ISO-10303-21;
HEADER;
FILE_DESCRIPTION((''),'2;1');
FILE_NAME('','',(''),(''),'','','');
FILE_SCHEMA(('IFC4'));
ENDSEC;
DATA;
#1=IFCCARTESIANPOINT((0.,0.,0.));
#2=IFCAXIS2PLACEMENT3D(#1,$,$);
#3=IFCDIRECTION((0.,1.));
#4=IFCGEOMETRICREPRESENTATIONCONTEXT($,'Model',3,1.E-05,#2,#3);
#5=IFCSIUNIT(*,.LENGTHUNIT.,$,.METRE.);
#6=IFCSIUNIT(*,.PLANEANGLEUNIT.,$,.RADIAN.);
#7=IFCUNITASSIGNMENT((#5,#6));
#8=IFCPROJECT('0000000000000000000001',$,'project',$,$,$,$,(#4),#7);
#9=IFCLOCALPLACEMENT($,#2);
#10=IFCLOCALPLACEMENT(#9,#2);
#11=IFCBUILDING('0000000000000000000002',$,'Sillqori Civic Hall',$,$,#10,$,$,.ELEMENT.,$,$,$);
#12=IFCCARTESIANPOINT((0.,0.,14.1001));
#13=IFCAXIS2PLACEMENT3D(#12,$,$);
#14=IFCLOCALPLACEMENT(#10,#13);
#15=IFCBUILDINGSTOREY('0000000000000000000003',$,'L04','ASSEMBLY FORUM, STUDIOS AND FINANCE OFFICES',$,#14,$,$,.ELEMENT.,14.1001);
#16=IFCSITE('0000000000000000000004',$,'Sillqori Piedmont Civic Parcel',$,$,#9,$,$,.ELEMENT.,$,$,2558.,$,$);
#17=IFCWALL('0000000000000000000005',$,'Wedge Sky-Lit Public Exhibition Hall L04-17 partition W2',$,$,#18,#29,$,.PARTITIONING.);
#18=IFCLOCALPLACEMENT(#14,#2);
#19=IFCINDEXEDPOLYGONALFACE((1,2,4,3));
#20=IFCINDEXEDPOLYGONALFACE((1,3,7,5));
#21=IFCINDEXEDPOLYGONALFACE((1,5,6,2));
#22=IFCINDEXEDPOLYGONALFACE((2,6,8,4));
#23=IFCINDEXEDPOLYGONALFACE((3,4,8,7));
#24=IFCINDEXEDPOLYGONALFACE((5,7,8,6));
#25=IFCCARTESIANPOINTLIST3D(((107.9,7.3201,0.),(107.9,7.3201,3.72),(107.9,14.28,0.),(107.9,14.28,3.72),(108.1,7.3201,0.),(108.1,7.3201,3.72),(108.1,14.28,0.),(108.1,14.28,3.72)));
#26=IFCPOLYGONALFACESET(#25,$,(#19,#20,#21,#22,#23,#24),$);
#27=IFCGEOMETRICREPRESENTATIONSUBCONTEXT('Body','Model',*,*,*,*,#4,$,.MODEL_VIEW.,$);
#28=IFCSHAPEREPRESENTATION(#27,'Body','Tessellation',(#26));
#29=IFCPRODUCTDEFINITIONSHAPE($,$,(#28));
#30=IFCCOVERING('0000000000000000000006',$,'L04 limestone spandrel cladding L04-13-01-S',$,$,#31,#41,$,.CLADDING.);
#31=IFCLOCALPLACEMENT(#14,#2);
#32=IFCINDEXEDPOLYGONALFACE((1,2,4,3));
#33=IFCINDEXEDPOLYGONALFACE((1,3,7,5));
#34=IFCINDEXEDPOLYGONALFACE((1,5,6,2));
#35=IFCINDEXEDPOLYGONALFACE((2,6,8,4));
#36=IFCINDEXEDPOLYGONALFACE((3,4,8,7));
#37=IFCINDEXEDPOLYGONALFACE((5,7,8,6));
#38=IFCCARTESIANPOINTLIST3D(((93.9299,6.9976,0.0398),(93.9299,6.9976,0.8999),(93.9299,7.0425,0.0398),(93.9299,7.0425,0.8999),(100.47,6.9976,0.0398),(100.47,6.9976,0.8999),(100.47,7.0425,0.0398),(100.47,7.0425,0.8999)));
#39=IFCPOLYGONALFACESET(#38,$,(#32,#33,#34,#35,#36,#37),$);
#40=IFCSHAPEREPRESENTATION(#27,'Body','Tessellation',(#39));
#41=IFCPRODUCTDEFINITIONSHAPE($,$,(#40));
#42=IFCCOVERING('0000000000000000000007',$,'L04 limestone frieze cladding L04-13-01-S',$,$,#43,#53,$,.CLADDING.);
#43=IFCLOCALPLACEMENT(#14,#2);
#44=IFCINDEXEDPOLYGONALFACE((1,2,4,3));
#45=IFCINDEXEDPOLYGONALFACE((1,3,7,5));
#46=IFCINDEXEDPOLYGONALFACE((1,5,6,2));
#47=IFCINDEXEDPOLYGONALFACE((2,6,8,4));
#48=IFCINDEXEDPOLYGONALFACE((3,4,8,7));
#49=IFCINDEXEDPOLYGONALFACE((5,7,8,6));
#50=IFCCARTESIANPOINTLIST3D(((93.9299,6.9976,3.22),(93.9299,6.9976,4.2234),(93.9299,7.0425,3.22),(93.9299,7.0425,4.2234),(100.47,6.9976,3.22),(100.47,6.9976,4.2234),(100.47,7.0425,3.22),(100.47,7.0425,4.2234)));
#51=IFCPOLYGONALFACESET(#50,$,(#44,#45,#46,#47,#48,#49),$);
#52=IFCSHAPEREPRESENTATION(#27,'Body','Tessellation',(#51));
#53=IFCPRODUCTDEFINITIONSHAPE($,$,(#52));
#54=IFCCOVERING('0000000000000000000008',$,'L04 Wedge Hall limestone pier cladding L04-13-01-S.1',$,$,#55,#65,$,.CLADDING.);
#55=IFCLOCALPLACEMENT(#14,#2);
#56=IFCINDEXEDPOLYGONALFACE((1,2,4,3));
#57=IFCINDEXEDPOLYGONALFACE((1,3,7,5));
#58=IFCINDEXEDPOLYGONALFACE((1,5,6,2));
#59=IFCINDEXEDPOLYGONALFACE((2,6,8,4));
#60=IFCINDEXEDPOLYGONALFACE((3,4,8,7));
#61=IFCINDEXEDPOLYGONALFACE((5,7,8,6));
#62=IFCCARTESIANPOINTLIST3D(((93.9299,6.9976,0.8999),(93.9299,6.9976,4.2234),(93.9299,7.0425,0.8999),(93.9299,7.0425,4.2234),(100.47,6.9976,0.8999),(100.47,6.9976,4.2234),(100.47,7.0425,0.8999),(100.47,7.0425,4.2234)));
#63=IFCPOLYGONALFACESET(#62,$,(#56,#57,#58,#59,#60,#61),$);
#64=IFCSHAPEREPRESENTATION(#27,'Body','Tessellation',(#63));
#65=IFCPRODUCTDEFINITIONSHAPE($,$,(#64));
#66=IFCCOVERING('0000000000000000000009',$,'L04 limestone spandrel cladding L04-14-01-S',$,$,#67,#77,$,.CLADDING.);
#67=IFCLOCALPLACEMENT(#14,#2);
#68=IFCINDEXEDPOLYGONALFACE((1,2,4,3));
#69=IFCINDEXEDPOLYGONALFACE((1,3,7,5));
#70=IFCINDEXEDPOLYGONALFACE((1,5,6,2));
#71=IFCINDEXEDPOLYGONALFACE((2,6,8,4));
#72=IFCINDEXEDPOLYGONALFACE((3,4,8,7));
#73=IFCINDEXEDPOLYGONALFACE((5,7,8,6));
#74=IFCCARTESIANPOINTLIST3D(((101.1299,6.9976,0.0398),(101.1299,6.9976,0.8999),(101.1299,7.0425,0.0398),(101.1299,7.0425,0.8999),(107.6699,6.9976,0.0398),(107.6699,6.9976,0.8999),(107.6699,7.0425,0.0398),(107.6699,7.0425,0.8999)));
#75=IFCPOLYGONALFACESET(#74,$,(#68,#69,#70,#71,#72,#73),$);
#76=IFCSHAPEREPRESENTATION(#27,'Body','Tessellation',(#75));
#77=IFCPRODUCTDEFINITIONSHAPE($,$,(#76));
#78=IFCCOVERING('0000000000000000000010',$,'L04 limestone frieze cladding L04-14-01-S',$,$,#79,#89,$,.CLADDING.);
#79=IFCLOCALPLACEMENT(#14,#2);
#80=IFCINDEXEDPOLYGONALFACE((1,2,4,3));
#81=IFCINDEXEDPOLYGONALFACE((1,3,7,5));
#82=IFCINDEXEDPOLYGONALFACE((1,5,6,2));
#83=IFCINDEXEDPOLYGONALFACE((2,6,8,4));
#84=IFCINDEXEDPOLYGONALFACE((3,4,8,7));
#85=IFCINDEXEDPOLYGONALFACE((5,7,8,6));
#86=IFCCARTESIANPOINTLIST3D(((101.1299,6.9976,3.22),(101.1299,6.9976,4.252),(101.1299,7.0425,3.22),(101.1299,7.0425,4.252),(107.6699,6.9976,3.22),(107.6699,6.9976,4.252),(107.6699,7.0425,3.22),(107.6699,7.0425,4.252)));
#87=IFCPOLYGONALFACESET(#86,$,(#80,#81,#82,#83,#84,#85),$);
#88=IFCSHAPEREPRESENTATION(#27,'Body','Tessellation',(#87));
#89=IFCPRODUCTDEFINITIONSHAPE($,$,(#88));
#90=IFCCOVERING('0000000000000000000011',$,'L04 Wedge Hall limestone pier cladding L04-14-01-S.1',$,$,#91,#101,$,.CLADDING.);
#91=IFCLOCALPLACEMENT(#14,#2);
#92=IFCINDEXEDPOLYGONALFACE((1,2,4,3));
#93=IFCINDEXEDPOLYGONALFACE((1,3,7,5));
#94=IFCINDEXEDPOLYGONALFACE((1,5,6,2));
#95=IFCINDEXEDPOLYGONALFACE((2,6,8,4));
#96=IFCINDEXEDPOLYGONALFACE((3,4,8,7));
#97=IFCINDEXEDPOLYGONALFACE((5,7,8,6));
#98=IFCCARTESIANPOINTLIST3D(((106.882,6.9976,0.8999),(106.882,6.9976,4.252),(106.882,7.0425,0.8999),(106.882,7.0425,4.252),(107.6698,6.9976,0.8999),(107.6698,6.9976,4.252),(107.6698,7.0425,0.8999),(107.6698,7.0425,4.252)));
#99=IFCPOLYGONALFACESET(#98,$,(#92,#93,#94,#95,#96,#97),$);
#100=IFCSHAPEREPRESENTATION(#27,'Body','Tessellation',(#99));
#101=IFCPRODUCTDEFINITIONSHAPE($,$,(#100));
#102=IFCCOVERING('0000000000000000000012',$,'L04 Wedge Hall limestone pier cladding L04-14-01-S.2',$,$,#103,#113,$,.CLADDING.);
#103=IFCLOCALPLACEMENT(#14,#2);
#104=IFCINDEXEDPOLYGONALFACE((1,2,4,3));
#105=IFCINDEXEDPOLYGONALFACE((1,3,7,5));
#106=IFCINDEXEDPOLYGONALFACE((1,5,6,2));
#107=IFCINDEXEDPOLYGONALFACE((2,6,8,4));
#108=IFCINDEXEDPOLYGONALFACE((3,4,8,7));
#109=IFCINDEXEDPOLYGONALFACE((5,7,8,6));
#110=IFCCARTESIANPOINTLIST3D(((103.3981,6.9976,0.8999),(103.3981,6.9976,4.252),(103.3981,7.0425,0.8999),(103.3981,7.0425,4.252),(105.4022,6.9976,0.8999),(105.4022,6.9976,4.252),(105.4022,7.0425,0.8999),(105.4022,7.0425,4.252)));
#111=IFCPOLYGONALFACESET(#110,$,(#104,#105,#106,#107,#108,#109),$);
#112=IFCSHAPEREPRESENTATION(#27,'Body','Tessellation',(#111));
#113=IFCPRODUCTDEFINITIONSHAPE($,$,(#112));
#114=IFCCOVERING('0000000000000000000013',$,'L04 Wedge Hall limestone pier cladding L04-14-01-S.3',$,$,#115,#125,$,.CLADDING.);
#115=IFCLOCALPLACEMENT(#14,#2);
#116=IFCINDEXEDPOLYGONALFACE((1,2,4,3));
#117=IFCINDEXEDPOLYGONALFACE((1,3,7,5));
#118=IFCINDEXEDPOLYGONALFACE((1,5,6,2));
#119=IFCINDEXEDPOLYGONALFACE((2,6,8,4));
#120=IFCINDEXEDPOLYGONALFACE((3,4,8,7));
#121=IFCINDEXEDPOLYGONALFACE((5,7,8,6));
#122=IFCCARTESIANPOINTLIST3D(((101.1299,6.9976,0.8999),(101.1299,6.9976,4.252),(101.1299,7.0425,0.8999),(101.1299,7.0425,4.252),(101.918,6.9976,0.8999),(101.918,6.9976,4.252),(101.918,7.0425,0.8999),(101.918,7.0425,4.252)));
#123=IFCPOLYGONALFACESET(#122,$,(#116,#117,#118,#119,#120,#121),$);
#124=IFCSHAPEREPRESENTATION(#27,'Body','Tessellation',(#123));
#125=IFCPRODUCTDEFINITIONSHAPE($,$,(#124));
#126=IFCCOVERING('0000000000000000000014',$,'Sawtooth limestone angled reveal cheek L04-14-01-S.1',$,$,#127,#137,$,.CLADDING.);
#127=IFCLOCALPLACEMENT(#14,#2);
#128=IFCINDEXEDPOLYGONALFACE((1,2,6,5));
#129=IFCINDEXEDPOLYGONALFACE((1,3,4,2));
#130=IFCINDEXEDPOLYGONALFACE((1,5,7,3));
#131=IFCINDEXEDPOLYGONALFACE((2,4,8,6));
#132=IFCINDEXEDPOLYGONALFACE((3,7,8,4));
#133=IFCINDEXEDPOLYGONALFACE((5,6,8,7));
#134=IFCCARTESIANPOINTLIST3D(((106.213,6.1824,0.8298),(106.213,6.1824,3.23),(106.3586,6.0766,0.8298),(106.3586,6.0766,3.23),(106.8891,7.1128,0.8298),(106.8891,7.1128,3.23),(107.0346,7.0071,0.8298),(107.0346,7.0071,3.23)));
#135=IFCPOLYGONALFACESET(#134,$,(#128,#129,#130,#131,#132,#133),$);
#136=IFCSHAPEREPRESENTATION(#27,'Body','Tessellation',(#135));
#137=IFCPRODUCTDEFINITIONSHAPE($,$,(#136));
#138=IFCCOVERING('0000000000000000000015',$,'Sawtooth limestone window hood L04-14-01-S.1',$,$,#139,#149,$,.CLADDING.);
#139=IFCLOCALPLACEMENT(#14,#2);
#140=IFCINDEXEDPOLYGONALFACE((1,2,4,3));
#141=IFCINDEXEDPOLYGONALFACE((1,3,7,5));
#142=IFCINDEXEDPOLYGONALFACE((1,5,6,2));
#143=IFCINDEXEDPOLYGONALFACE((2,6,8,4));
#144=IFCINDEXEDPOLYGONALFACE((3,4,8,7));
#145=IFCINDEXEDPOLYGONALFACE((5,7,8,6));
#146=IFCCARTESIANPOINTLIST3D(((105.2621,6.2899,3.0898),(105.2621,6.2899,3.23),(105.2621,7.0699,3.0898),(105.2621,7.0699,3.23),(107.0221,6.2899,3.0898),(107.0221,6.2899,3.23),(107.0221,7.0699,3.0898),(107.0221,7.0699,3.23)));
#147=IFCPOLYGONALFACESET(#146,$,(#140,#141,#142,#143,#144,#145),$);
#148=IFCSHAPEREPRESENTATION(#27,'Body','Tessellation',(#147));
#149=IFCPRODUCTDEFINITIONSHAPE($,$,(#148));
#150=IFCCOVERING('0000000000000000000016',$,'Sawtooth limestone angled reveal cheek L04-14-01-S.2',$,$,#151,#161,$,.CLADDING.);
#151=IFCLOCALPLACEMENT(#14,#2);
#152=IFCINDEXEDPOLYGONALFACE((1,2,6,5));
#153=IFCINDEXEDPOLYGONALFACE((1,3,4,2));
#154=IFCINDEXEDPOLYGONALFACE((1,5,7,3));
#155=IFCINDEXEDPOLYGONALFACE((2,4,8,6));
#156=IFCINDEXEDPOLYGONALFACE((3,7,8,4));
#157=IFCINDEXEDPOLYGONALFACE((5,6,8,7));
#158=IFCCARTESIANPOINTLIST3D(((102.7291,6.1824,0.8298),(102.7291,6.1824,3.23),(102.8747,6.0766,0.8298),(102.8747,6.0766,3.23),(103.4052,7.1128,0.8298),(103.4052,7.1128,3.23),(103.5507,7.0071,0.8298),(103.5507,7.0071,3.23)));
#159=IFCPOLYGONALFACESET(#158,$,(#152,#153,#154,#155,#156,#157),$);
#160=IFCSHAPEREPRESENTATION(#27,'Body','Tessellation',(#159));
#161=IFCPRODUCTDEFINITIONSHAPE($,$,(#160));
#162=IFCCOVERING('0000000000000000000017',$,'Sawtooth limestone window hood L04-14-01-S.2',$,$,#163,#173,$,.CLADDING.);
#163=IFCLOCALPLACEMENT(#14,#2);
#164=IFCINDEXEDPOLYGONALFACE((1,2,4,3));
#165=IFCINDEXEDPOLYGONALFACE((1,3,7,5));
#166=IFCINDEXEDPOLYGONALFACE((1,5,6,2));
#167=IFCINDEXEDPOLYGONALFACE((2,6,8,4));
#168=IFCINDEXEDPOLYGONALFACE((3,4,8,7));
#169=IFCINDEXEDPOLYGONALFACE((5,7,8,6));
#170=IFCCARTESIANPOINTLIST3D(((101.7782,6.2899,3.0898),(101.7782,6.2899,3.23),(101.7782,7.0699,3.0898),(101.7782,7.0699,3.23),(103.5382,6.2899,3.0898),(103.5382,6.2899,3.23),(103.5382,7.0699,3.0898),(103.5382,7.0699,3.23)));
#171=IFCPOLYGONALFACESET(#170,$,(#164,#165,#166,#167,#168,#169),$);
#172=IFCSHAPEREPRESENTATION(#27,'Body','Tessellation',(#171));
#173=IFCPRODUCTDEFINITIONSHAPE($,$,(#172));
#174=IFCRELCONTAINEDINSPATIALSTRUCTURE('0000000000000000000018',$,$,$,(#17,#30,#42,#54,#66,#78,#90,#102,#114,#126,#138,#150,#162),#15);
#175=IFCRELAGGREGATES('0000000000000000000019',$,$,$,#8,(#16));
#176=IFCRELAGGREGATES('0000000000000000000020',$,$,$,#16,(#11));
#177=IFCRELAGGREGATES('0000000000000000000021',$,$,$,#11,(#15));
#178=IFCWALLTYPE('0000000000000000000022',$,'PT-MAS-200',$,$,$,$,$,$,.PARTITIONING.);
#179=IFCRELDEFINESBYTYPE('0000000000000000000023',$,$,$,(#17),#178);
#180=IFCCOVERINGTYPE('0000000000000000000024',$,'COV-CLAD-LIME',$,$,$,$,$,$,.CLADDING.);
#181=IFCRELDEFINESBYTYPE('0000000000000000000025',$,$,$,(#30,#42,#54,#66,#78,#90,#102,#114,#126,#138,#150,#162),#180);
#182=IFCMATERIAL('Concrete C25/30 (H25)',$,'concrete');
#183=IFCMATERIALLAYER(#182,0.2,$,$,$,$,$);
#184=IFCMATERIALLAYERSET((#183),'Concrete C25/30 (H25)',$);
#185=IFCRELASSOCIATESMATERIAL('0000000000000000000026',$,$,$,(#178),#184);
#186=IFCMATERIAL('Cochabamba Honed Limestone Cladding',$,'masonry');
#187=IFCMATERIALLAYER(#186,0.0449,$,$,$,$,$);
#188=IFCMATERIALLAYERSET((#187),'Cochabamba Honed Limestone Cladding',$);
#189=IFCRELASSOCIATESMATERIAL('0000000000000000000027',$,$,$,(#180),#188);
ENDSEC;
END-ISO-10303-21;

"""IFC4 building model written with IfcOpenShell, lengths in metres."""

from ifc_helpers import new_model, si_unit, direction, frame, frame_2d, origin, place, context, subcontext, project, spatial, rectangle, extrude, material, layer, layer_set, type_object, element, save


model = new_model("IFC4")

# Units and contexts
model_context = context("Model", 3, precision=1e-05, world=origin(), true_north=direction((0.0, 1.0)))
body_context = subcontext(model_context, "Body", "Model", "MODEL_VIEW")
ifc_project = project(units=[si_unit("LENGTHUNIT", "METRE"), si_unit("PLANEANGLEUNIT", "RADIAN")], contexts=[model_context])

# Site, building, storey
site_placement = place(None, origin())
site = spatial("IfcSite", under=ifc_project, at=site_placement, Name="Sillqori Piedmont Civic Parcel", CompositionType="ELEMENT", RefElevation=2558.0)
building_placement = place(site_placement, origin())
building = spatial("IfcBuilding", under=site, at=building_placement, Name="Sillqori Civic Hall", CompositionType="ELEMENT")
storey_placement = place(building_placement, frame((0.0, 0.0, 14.1001)))
storey = spatial("IfcBuildingStorey", under=building, at=storey_placement, Name="L04", Description="ASSEMBLY FORUM, STUDIOS AND FINANCE OFFICES", CompositionType="ELEMENT", Elevation=14.1001)

# Wall
ifc_material_1 = material(Name="Concrete C25/30 (H25)", Category="concrete")
ifc_layer_1 = layer(ifc_material_1, 0.2)
ifc_layer_set_1 = layer_set([ifc_layer_1], Name="Concrete C25/30 (H25)")
wall_type_1 = type_object("IfcWallType", Name="PT-MAS-200", PredefinedType="PARTITIONING", material=ifc_layer_set_1)
wall_1_placement = place(storey_placement, frame((108.0, 7.3201, 0.0), z_axis=(0.0, 0.0, 1.0), x_axis=(0.0, 1.0, 0.0)))
element("IfcWall", 1, at=wall_1_placement, inside=storey, type_object=wall_type_1, Name="Wedge Sky-Lit Public Exhibition Hall L04-17 partition W2", PredefinedType="PARTITIONING", context=body_context, shape_type="SweptSolid", body=[
    extrude(rectangle(XDim=6.96, YDim=0.2, at=frame_2d((3.48, 0.0))), origin(), (0.0, 0.0, 1.0), 3.72),
])

# Coverings
ifc_material_2 = material(Name="Cochabamba Honed Limestone Cladding", Category="masonry")
ifc_layer_2 = layer(ifc_material_2, 0.0449)
ifc_layer_set_2 = layer_set([ifc_layer_2], Name="Cochabamba Honed Limestone Cladding")
covering_type = type_object("IfcCoveringType", Name="COV-CLAD-LIME", PredefinedType="CLADDING", material=ifc_layer_set_2)
covering_1_placement = place(storey_placement, frame((100.47, 7.02, 0.0398), z_axis=(0.0, 0.0, 1.0), x_axis=(-1.0, 0.0, 0.0)))
element("IfcCovering", 2, at=covering_1_placement, inside=storey, type_object=covering_type, Name="L04 limestone spandrel cladding L04-13-01-S", PredefinedType="CLADDING", context=body_context, shape_type="SweptSolid", body=[
    extrude(rectangle(XDim=6.54, YDim=0.0449, at=frame_2d((3.27, 0.0))), origin(), (0.0, 0.0, 1.0), 0.8601),
])
covering_2_placement = place(storey_placement, frame((100.47, 7.02, 3.22), z_axis=(0.0, 0.0, 1.0), x_axis=(-1.0, 0.0, 0.0)))
element("IfcCovering", 3, at=covering_2_placement, inside=storey, type_object=covering_type, Name="L04 limestone frieze cladding L04-13-01-S", PredefinedType="CLADDING", context=body_context, shape_type="SweptSolid", body=[
    extrude(rectangle(XDim=6.54, YDim=0.0449, at=frame_2d((3.27, 0.0))), origin(), (0.0, 0.0, 1.0), 1.0034),
])
covering_3_placement = place(storey_placement, frame((100.47, 7.02, 0.8999), z_axis=(0.0, 0.0, 1.0), x_axis=(-1.0, 0.0, 0.0)))
element("IfcCovering", 4, at=covering_3_placement, inside=storey, type_object=covering_type, Name="L04 Wedge Hall limestone pier cladding L04-13-01-S.1", PredefinedType="CLADDING", context=body_context, shape_type="SweptSolid", body=[
    extrude(rectangle(XDim=6.54, YDim=0.0449, at=frame_2d((3.27, 0.0))), origin(), (0.0, 0.0, 1.0), 3.3235),
])
covering_4_placement = place(storey_placement, frame((107.6699, 7.02, 0.0398), z_axis=(0.0, 0.0, 1.0), x_axis=(-1.0, 0.0, 0.0)))
element("IfcCovering", 5, at=covering_4_placement, inside=storey, type_object=covering_type, Name="L04 limestone spandrel cladding L04-14-01-S", PredefinedType="CLADDING", context=body_context, shape_type="SweptSolid", body=[
    extrude(rectangle(XDim=6.54, YDim=0.0449, at=frame_2d((3.27, 0.0))), origin(), (0.0, 0.0, 1.0), 0.8601),
])
covering_5_placement = place(storey_placement, frame((107.6699, 7.02, 3.22), z_axis=(0.0, 0.0, 1.0), x_axis=(-1.0, 0.0, 0.0)))
element("IfcCovering", 6, at=covering_5_placement, inside=storey, type_object=covering_type, Name="L04 limestone frieze cladding L04-14-01-S", PredefinedType="CLADDING", context=body_context, shape_type="SweptSolid", body=[
    extrude(rectangle(XDim=6.54, YDim=0.0449, at=frame_2d((3.27, 0.0))), origin(), (0.0, 0.0, 1.0), 1.032),
])
covering_6_placement = place(storey_placement, frame((107.6699, 7.02, 0.8999), z_axis=(0.0, 0.0, 1.0), x_axis=(-1.0, 0.0, 0.0)))
element("IfcCovering", 7, at=covering_6_placement, inside=storey, type_object=covering_type, Name="L04 Wedge Hall limestone pier cladding L04-14-01-S.1", PredefinedType="CLADDING", context=body_context, shape_type="SweptSolid", body=[
    extrude(rectangle(XDim=0.7878, YDim=0.0449, at=frame_2d((0.394, 0.0))), origin(), (0.0, 0.0, 1.0), 3.3521),
])
covering_7_placement = place(storey_placement, frame((105.4021, 7.02, 0.8999), z_axis=(0.0, 0.0, 1.0), x_axis=(-1.0, 0.0, 0.0)))
element("IfcCovering", 8, at=covering_7_placement, inside=storey, type_object=covering_type, Name="L04 Wedge Hall limestone pier cladding L04-14-01-S.2", PredefinedType="CLADDING", context=body_context, shape_type="SweptSolid", body=[
    extrude(rectangle(XDim=2.0042, YDim=0.0449, at=frame_2d((1.002, 0.0))), origin(), (0.0, 0.0, 1.0), 3.3521),
])
covering_8_placement = place(storey_placement, frame((101.918, 7.02, 0.8999), z_axis=(0.0, 0.0, 1.0), x_axis=(-1.0, 0.0, 0.0)))
element("IfcCovering", 9, at=covering_8_placement, inside=storey, type_object=covering_type, Name="L04 Wedge Hall limestone pier cladding L04-14-01-S.3", PredefinedType="CLADDING", context=body_context, shape_type="SweptSolid", body=[
    extrude(rectangle(XDim=0.7881, YDim=0.0449, at=frame_2d((0.394, 0.0))), origin(), (0.0, 0.0, 1.0), 3.3521),
])
covering_9_placement = place(storey_placement, frame((106.9619, 7.0601, 0.8298), z_axis=(0.0, 0.0, 1.0), x_axis=(-0.587806, -0.809002, 0.0)))
element("IfcCovering", 10, at=covering_9_placement, inside=storey, type_object=covering_type, Name="Sawtooth limestone angled reveal cheek L04-14-01-S.1", PredefinedType="CLADDING", context=body_context, shape_type="SweptSolid", body=[
    extrude(rectangle(XDim=1.1501, YDim=0.1799, at=frame_2d((0.5752, 0.0))), origin(), (0.0, 0.0, 1.0), 2.4001),
])
covering_10_placement = place(storey_placement, frame((107.022, 6.6799, 3.0898), z_axis=(0.0, 0.0, 1.0), x_axis=(-1.0, 0.0, 0.0)))
element("IfcCovering", 11, at=covering_10_placement, inside=storey, type_object=covering_type, Name="Sawtooth limestone window hood L04-14-01-S.1", PredefinedType="CLADDING", context=body_context, shape_type="SweptSolid", body=[
    extrude(rectangle(XDim=1.76, YDim=0.78, at=frame_2d((0.8799, 0.0))), origin(), (0.0, 0.0, 1.0), 0.1401),
])
covering_11_placement = place(storey_placement, frame((103.478, 7.0601, 0.8298), z_axis=(0.0, 0.0, 1.0), x_axis=(-0.587806, -0.809002, 0.0)))
element("IfcCovering", 12, at=covering_11_placement, inside=storey, type_object=covering_type, Name="Sawtooth limestone angled reveal cheek L04-14-01-S.2", PredefinedType="CLADDING", context=body_context, shape_type="SweptSolid", body=[
    extrude(rectangle(XDim=1.1501, YDim=0.1799, at=frame_2d((0.5752, 0.0))), origin(), (0.0, 0.0, 1.0), 2.4001),
])
covering_12_placement = place(storey_placement, frame((103.5381, 6.6799, 3.0898), z_axis=(0.0, 0.0, 1.0), x_axis=(-1.0, 0.0, 0.0)))
element("IfcCovering", 13, at=covering_12_placement, inside=storey, type_object=covering_type, Name="Sawtooth limestone window hood L04-14-01-S.2", PredefinedType="CLADDING", context=body_context, shape_type="SweptSolid", body=[
    extrude(rectangle(XDim=1.76, YDim=0.78, at=frame_2d((0.8799, 0.0))), origin(), (0.0, 0.0, 1.0), 0.1401),
])

save(model, "model.ifc")
